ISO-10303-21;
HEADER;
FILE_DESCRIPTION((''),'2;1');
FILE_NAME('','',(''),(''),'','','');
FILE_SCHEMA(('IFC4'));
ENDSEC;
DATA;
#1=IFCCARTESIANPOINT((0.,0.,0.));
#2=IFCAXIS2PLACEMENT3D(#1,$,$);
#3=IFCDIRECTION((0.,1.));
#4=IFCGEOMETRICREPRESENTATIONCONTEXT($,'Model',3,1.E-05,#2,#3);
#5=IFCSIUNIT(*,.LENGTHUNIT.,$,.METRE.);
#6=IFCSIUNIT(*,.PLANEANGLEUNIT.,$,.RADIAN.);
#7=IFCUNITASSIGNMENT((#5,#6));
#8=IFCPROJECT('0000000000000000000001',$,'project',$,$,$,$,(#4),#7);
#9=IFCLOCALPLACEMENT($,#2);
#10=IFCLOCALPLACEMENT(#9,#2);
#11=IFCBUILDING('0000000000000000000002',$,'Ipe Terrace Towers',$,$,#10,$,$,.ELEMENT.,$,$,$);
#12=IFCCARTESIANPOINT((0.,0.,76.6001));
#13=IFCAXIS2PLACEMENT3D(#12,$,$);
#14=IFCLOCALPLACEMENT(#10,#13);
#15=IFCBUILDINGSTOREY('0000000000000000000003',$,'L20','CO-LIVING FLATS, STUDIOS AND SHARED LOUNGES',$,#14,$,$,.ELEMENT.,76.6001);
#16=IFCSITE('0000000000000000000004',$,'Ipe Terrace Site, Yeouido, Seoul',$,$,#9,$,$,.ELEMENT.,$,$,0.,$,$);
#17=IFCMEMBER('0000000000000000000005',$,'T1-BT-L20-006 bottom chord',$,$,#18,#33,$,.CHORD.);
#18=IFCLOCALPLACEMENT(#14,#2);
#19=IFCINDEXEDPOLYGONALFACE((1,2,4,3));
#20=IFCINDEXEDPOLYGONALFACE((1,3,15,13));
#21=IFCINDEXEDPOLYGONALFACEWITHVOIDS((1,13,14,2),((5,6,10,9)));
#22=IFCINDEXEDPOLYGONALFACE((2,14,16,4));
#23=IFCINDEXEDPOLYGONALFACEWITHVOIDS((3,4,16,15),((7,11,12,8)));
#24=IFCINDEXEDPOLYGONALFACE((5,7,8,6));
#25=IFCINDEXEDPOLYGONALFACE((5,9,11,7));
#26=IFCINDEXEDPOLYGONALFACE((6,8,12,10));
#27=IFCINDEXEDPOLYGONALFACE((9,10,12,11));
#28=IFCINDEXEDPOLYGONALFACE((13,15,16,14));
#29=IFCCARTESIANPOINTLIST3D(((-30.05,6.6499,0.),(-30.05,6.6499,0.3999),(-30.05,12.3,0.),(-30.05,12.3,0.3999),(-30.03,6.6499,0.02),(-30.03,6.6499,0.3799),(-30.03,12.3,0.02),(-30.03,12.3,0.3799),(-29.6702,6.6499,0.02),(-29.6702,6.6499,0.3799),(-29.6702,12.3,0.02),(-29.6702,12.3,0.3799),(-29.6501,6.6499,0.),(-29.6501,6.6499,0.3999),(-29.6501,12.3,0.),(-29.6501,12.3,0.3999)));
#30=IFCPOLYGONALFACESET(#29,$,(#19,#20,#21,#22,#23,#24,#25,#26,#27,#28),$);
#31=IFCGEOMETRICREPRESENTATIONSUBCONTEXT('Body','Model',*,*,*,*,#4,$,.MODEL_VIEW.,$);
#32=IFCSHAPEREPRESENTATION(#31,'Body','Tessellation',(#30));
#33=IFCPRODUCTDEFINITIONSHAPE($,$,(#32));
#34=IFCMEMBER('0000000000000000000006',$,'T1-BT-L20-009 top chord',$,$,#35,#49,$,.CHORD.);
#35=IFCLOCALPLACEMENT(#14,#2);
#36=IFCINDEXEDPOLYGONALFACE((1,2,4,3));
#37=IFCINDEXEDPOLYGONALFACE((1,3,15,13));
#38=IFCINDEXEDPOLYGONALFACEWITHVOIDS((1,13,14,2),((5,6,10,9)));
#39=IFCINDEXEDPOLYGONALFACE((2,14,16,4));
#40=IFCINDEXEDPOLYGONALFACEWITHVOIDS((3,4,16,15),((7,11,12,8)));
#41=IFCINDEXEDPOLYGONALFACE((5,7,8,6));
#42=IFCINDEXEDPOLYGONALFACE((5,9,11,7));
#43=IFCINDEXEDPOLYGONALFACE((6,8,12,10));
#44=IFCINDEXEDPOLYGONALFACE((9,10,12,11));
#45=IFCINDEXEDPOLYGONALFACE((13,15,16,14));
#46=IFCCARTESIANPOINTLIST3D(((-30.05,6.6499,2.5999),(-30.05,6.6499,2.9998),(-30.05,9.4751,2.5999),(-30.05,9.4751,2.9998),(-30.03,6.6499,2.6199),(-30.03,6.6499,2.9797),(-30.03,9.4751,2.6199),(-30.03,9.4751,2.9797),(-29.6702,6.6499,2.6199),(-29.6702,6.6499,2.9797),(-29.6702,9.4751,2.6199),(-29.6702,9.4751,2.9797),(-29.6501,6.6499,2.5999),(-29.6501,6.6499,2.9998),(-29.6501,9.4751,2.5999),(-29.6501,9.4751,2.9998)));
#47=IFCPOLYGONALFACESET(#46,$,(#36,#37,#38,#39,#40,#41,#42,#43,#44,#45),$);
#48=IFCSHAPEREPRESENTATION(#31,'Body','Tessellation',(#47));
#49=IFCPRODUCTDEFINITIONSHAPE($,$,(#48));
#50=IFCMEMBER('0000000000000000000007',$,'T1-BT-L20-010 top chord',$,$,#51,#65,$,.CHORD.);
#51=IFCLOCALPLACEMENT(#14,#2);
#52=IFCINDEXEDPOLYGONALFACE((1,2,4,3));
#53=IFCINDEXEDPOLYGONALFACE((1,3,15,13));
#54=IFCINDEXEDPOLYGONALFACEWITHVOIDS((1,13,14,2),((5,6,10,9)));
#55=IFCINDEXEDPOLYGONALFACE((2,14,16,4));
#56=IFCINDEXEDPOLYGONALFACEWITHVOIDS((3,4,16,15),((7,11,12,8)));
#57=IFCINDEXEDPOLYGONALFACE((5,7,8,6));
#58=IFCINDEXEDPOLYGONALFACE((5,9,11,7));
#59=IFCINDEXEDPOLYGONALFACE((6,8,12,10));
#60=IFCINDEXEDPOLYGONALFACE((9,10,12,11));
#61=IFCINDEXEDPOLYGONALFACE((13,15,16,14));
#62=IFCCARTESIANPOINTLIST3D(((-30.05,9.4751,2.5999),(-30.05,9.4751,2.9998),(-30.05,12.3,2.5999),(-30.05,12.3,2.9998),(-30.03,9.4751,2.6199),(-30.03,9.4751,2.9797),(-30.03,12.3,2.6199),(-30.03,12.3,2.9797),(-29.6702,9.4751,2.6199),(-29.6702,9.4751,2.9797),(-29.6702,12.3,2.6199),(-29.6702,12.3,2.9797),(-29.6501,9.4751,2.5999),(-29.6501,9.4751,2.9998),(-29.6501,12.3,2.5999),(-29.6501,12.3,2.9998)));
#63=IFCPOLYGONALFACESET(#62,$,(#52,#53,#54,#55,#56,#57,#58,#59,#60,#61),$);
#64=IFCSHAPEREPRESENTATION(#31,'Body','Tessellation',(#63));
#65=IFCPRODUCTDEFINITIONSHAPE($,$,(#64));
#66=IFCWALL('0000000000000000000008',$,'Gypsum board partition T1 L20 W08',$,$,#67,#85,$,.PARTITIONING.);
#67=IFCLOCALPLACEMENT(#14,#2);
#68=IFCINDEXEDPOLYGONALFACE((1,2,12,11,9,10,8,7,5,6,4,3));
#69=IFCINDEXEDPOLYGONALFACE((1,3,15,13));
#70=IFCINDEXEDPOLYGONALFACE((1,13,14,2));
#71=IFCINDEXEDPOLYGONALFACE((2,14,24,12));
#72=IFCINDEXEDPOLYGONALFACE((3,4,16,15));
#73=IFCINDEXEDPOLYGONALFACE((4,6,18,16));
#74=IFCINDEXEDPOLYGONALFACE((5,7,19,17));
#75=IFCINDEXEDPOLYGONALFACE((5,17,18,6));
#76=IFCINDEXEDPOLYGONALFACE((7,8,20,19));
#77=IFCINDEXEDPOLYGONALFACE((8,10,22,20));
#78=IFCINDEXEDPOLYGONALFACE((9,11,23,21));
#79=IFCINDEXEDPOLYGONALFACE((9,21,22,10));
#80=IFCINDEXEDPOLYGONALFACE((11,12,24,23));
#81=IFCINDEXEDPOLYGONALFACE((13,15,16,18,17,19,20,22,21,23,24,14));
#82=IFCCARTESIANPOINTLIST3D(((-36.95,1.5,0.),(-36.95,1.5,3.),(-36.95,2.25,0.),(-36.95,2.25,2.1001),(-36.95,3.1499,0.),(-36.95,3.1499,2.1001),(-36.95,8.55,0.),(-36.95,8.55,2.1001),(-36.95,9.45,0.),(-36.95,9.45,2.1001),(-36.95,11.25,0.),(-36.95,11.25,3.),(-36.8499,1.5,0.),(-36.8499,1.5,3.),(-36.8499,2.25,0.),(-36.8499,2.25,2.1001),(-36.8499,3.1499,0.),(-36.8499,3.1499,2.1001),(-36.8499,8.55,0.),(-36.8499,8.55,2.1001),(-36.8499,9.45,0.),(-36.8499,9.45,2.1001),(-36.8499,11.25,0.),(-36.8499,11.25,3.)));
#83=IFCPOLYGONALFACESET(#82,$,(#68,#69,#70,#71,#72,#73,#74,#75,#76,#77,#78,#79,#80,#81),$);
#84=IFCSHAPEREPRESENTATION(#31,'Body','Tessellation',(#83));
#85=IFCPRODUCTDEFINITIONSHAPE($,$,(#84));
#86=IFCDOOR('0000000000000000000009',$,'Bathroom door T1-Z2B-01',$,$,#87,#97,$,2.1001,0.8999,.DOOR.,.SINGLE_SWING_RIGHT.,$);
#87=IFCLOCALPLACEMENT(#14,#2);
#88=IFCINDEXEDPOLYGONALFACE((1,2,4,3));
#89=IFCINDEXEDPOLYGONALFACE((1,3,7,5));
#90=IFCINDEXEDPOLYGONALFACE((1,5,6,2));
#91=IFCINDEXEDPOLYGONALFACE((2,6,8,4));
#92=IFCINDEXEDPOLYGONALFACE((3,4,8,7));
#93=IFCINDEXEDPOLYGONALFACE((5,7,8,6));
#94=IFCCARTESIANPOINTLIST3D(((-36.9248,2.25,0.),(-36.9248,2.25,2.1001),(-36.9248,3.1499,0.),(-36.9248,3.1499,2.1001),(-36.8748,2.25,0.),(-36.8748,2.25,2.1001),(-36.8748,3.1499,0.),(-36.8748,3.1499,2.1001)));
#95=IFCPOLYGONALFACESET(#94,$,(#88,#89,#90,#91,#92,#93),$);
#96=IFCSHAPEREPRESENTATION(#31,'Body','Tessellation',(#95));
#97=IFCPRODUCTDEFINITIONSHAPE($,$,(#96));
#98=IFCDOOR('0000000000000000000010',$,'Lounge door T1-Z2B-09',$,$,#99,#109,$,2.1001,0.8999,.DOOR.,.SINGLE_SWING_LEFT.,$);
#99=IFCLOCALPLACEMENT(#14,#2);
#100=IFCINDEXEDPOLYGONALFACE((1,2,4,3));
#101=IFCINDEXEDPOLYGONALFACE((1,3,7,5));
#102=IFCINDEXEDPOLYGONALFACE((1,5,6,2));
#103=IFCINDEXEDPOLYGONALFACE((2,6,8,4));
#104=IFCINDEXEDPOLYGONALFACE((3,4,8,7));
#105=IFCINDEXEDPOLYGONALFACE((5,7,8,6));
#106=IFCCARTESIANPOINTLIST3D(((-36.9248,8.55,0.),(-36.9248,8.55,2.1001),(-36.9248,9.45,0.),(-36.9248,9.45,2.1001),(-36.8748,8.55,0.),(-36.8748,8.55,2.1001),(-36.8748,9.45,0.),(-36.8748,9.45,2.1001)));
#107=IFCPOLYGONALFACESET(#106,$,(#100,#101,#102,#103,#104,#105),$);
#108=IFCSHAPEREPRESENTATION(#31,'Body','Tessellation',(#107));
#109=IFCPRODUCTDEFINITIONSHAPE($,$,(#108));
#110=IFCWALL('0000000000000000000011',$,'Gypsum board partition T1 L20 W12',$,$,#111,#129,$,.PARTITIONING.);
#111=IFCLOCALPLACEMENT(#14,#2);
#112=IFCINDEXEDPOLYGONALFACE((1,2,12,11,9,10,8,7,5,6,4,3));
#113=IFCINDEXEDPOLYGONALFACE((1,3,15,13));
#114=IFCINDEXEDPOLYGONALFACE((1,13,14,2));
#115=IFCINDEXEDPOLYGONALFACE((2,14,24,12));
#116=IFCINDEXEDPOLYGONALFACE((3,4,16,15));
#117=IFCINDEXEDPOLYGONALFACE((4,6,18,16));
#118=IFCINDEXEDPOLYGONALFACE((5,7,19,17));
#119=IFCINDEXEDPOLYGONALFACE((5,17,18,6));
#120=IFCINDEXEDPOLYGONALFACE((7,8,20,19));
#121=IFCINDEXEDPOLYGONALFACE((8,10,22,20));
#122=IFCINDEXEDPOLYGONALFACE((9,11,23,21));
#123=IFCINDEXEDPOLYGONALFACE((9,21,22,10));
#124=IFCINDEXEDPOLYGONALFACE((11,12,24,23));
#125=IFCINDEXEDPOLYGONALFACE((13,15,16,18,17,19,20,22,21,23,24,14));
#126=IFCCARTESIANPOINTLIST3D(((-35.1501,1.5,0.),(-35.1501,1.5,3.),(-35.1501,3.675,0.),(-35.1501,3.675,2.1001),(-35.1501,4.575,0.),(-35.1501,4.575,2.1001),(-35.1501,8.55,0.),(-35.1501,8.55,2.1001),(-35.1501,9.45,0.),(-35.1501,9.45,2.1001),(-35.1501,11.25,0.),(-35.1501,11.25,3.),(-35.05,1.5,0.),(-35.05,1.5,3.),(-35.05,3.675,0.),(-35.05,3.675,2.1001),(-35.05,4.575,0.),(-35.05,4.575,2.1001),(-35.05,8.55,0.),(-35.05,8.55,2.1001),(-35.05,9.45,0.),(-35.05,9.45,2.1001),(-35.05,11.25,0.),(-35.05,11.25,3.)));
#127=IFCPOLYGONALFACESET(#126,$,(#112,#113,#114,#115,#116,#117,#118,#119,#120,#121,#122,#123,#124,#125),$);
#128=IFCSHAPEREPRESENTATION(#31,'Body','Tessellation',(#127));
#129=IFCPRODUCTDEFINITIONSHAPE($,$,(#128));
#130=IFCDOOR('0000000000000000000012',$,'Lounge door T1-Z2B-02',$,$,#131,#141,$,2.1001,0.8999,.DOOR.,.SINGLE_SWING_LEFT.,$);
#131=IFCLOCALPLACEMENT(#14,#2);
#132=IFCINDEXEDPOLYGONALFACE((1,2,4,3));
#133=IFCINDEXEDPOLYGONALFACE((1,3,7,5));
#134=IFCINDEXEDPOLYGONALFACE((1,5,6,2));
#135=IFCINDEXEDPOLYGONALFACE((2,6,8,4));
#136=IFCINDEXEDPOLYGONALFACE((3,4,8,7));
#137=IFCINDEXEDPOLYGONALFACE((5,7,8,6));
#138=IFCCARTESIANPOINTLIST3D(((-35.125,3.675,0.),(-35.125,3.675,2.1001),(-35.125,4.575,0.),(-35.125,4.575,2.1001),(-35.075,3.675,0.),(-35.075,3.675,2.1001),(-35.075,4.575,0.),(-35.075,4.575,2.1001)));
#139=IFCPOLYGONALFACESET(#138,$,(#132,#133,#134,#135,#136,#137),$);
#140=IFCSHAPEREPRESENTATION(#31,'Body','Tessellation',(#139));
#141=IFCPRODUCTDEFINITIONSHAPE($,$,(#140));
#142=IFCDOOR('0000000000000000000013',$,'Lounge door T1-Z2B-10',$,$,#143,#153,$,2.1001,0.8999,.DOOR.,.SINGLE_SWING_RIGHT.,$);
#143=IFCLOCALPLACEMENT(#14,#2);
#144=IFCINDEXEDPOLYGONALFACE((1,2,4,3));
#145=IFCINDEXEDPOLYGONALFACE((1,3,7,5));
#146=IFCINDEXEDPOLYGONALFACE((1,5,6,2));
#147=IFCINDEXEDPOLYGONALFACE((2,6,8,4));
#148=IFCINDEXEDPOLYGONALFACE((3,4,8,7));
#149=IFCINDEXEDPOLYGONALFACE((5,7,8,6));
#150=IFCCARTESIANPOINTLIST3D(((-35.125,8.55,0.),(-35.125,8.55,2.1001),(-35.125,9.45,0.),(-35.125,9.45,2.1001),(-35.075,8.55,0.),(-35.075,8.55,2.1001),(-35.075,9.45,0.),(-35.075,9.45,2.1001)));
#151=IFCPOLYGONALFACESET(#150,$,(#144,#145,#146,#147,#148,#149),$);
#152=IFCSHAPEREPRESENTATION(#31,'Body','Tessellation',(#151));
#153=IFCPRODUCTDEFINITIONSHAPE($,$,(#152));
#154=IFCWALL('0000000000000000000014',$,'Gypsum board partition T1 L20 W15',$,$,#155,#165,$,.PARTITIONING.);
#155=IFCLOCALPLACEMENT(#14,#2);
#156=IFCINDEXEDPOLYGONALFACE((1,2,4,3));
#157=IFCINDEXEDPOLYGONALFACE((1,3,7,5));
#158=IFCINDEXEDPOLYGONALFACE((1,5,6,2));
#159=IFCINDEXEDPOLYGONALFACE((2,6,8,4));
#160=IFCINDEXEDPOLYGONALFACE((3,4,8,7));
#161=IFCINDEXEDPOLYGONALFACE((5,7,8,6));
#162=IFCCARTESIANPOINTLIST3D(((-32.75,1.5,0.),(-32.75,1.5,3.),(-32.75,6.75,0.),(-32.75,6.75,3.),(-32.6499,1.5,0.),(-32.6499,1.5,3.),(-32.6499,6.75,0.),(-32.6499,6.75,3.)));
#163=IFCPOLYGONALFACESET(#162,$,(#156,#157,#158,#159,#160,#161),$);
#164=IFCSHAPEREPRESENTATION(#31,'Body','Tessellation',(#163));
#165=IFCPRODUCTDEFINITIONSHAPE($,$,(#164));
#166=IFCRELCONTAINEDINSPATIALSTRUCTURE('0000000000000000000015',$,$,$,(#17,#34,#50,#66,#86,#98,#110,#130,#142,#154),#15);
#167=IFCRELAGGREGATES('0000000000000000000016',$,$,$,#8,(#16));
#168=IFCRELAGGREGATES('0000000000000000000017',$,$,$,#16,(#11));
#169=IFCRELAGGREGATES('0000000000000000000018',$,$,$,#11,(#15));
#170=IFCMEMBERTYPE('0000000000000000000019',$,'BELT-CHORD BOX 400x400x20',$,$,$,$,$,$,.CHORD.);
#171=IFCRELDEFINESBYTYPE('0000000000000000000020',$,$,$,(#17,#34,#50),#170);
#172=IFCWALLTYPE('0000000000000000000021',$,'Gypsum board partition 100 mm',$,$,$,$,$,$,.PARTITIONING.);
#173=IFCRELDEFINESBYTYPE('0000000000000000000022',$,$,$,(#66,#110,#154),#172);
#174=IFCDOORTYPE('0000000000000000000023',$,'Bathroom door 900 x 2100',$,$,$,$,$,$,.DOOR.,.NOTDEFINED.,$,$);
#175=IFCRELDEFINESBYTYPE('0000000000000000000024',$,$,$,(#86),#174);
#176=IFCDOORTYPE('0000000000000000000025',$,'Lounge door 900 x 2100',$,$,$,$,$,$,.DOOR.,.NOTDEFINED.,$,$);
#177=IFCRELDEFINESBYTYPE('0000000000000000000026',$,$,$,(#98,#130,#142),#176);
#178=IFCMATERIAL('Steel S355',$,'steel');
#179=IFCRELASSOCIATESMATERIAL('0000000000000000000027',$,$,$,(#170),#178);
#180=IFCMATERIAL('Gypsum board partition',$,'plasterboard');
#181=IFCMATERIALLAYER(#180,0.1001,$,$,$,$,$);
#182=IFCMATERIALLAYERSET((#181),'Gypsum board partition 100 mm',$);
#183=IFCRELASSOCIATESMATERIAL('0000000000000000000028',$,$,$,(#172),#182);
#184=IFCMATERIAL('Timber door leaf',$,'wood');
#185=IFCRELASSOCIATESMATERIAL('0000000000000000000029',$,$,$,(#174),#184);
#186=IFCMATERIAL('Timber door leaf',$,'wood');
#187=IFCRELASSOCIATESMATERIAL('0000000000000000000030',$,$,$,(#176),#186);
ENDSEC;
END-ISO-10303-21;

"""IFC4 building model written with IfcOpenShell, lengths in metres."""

from ifc_helpers import new_model, si_unit, direction, frame, frame_2d, origin, origin_2d, place, context, subcontext, project, spatial, rectangle, hollow_rectangle, extrude, material, layer, layer_set, material_profile, profile_set, type_object, element, fill, save


model = new_model("IFC4")

# Units and contexts
model_context = context("Model", 3, precision=1e-05, world=origin(), true_north=direction((0.0, 1.0)))
body_context = subcontext(model_context, "Body", "Model", "MODEL_VIEW")
ifc_project = project(units=[si_unit("LENGTHUNIT", "METRE"), si_unit("PLANEANGLEUNIT", "RADIAN")], contexts=[model_context])

# Site, building, storey
site_placement = place(None, origin())
site = spatial("IfcSite", under=ifc_project, at=site_placement, Name="Ipe Terrace Site, Yeouido, Seoul", CompositionType="ELEMENT", RefElevation=0.0)
building_placement = place(site_placement, origin())
building = spatial("IfcBuilding", under=site, at=building_placement, Name="Ipe Terrace Towers", CompositionType="ELEMENT")
storey_placement = place(building_placement, frame((0.0, 0.0, 76.6001)))
storey = spatial("IfcBuildingStorey", under=building, at=storey_placement, Name="L20", Description="CO-LIVING FLATS, STUDIOS AND SHARED LOUNGES", CompositionType="ELEMENT", Elevation=76.6001)

# Members
ifc_material_1 = material(Name="Steel S355", Category="steel")
ifc_material_profile_1 = material_profile(ifc_material_1, hollow_rectangle(XDim=0.3999, YDim=0.3999, WallThickness=0.02, at=origin_2d()), Name="BELT-CHORD BOX 400x400x20")
ifc_profile_set_1 = profile_set([ifc_material_profile_1], Name="Steel S355")
member_type_1 = type_object("IfcMemberType", Name="BELT-CHORD BOX 400x400x20", PredefinedType="CHORD", material=ifc_profile_set_1)
member_1_placement = place(storey_placement, frame((-29.8501, 6.6499, 0.2), z_axis=(0.0, 1.0, 0.0), x_axis=(-1.0, 0.0, 0.0)))
element("IfcMember", 1, at=member_1_placement, inside=storey, type_object=member_type_1, Name="T1-BT-L20-006 bottom chord", PredefinedType="CHORD", context=body_context, shape_type="SweptSolid", body=[
    extrude(hollow_rectangle(XDim=0.3999, YDim=0.3999, WallThickness=0.02, at=origin_2d()), origin(), (0.0, 0.0, 1.0), 5.6501),
])
member_2_placement = place(storey_placement, frame((-29.8501, 6.6499, 2.7998), z_axis=(0.0, 1.0, 0.0), x_axis=(-1.0, 0.0, 0.0)))
element("IfcMember", 2, at=member_2_placement, inside=storey, type_object=member_type_1, Name="T1-BT-L20-009 top chord", PredefinedType="CHORD", context=body_context, shape_type="SweptSolid", body=[
    extrude(hollow_rectangle(XDim=0.3999, YDim=0.3999, WallThickness=0.02, at=origin_2d()), origin(), (0.0, 0.0, 1.0), 2.8252),
])
member_3_placement = place(storey_placement, frame((-29.8501, 9.4751, 2.7998), z_axis=(0.0, 1.0, 0.0), x_axis=(-1.0, 0.0, 0.0)))
element("IfcMember", 3, at=member_3_placement, inside=storey, type_object=member_type_1, Name="T1-BT-L20-010 top chord", PredefinedType="CHORD", context=body_context, shape_type="SweptSolid", body=[
    extrude(hollow_rectangle(XDim=0.3999, YDim=0.3999, WallThickness=0.02, at=origin_2d()), origin(), (0.0, 0.0, 1.0), 2.825),
])

# Walls, openings, doors
ifc_material_2 = material(Name="Gypsum board partition", Category="plasterboard")
ifc_layer = layer(ifc_material_2, 0.1001)
ifc_layer_set = layer_set([ifc_layer], Name="Gypsum board partition 100 mm")
wall_type = type_object("IfcWallType", Name="Gypsum board partition 100 mm", PredefinedType="PARTITIONING", material=ifc_layer_set)
wall_1_placement = place(storey_placement, frame((-36.8999, 1.5, 0.0), z_axis=(0.0, 0.0, 1.0), x_axis=(0.0, 1.0, 0.0)))
wall_1 = element("IfcWall", 4, at=wall_1_placement, inside=storey, type_object=wall_type, Name="Gypsum board partition T1 L20 W08", PredefinedType="PARTITIONING", context=body_context, shape_type="SweptSolid", body=[
    extrude(rectangle(XDim=9.75, YDim=0.1001, at=frame_2d((4.875, 0.0))), origin(), (0.0, 0.0, 1.0), 3.0),
])
opening_1_placement = place(wall_1_placement, frame((0.75, 0.0, 0.0)))
opening_1 = element("IfcOpeningElement", 5, at=opening_1_placement, cuts=wall_1, PredefinedType="OPENING", context=body_context, shape_type="SweptSolid", body=[
    extrude(rectangle(XDim=0.8999, YDim=2.1001, at=frame_2d((0.45, 1.05))), frame((0.0, 0.0601, 0.0), z_axis=(0.0, -1.0, 0.0), x_axis=(1.0, 0.0, 0.0)), (0.0, 0.0, 1.0), 0.1201),
])
opening_2_placement = place(wall_1_placement, frame((7.05, 0.0, 0.0)))
opening_2 = element("IfcOpeningElement", 6, at=opening_2_placement, cuts=wall_1, PredefinedType="OPENING", context=body_context, shape_type="SweptSolid", body=[
    extrude(rectangle(XDim=0.8999, YDim=2.1001, at=frame_2d((0.45, 1.05))), frame((0.0, 0.0601, 0.0), z_axis=(0.0, -1.0, 0.0), x_axis=(1.0, 0.0, 0.0)), (0.0, 0.0, 1.0), 0.1201),
])
ifc_material_3 = material(Name="Timber door leaf", Category="wood")
door_type_1 = type_object("IfcDoorType", Name="Bathroom door 900 x 2100", OperationType="NOTDEFINED", PredefinedType="DOOR", material=ifc_material_3)
door_1_placement = place(opening_1_placement, origin())
door_1 = element("IfcDoor", 7, at=door_1_placement, inside=storey, type_object=door_type_1, Name="Bathroom door T1-Z2B-01", OperationType="SINGLE_SWING_RIGHT", OverallHeight=2.1001, OverallWidth=0.8999, PredefinedType="DOOR", context=body_context, shape_type="SweptSolid", body=[
    extrude(rectangle(XDim=0.8999, YDim=2.1001, at=frame_2d((0.45, 1.05))), frame((0.0, 0.0249, 0.0), z_axis=(0.0, -1.0, 0.0), x_axis=(1.0, 0.0, 0.0)), (0.0, 0.0, 1.0), 0.05),
])
fill(opening_1, door_1)
ifc_material_4 = material(Name="Timber door leaf", Category="wood")
door_type_2 = type_object("IfcDoorType", Name="Lounge door 900 x 2100", OperationType="NOTDEFINED", PredefinedType="DOOR", material=ifc_material_4)
door_2_placement = place(opening_2_placement, origin())
door_2 = element("IfcDoor", 8, at=door_2_placement, inside=storey, type_object=door_type_2, Name="Lounge door T1-Z2B-09", OperationType="SINGLE_SWING_LEFT", OverallHeight=2.1001, OverallWidth=0.8999, PredefinedType="DOOR", context=body_context, shape_type="SweptSolid", body=[
    extrude(rectangle(XDim=0.8999, YDim=2.1001, at=frame_2d((0.45, 1.05))), frame((0.0, 0.0249, 0.0), z_axis=(0.0, -1.0, 0.0), x_axis=(1.0, 0.0, 0.0)), (0.0, 0.0, 1.0), 0.05),
])
fill(opening_2, door_2)
wall_2_placement = place(storey_placement, frame((-35.1001, 1.5, 0.0), z_axis=(0.0, 0.0, 1.0), x_axis=(0.0, 1.0, 0.0)))
wall_2 = element("IfcWall", 9, at=wall_2_placement, inside=storey, type_object=wall_type, Name="Gypsum board partition T1 L20 W12", PredefinedType="PARTITIONING", context=body_context, shape_type="SweptSolid", body=[
    extrude(rectangle(XDim=9.75, YDim=0.1001, at=frame_2d((4.875, 0.0))), origin(), (0.0, 0.0, 1.0), 3.0),
])
opening_3_placement = place(wall_2_placement, frame((2.175, 0.0, 0.0)))
opening_3 = element("IfcOpeningElement", 10, at=opening_3_placement, cuts=wall_2, PredefinedType="OPENING", context=body_context, shape_type="SweptSolid", body=[
    extrude(rectangle(XDim=0.8999, YDim=2.1001, at=frame_2d((0.45, 1.05))), frame((0.0, 0.0601, 0.0), z_axis=(0.0, -1.0, 0.0), x_axis=(1.0, 0.0, 0.0)), (0.0, 0.0, 1.0), 0.1201),
])
opening_4_placement = place(wall_2_placement, frame((7.05, 0.0, 0.0)))
opening_4 = element("IfcOpeningElement", 11, at=opening_4_placement, cuts=wall_2, PredefinedType="OPENING", context=body_context, shape_type="SweptSolid", body=[
    extrude(rectangle(XDim=0.8999, YDim=2.1001, at=frame_2d((0.45, 1.05))), frame((0.0, 0.0601, 0.0), z_axis=(0.0, -1.0, 0.0), x_axis=(1.0, 0.0, 0.0)), (0.0, 0.0, 1.0), 0.1201),
])
door_3_placement = place(opening_3_placement, origin())
door_3 = element("IfcDoor", 12, at=door_3_placement, inside=storey, type_object=door_type_2, Name="Lounge door T1-Z2B-02", OperationType="SINGLE_SWING_LEFT", OverallHeight=2.1001, OverallWidth=0.8999, PredefinedType="DOOR", context=body_context, shape_type="SweptSolid", body=[
    extrude(rectangle(XDim=0.8999, YDim=2.1001, at=frame_2d((0.45, 1.05))), frame((0.0, 0.0249, 0.0), z_axis=(0.0, -1.0, 0.0), x_axis=(1.0, 0.0, 0.0)), (0.0, 0.0, 1.0), 0.05),
])
fill(opening_3, door_3)
door_4_placement = place(opening_4_placement, origin())
door_4 = element("IfcDoor", 13, at=door_4_placement, inside=storey, type_object=door_type_2, Name="Lounge door T1-Z2B-10", OperationType="SINGLE_SWING_RIGHT", OverallHeight=2.1001, OverallWidth=0.8999, PredefinedType="DOOR", context=body_context, shape_type="SweptSolid", body=[
    extrude(rectangle(XDim=0.8999, YDim=2.1001, at=frame_2d((0.45, 1.05))), frame((0.0, 0.0249, 0.0), z_axis=(0.0, -1.0, 0.0), x_axis=(1.0, 0.0, 0.0)), (0.0, 0.0, 1.0), 0.05),
])
fill(opening_4, door_4)

# Wall
wall_3_placement = place(storey_placement, frame((-32.7, 1.5, 0.0), z_axis=(0.0, 0.0, 1.0), x_axis=(0.0, 1.0, 0.0)))
element("IfcWall", 14, at=wall_3_placement, inside=storey, type_object=wall_type, Name="Gypsum board partition T1 L20 W15", PredefinedType="PARTITIONING", context=body_context, shape_type="SweptSolid", body=[
    extrude(rectangle(XDim=5.25, YDim=0.1001, at=frame_2d((2.625, 0.0))), origin(), (0.0, 0.0, 1.0), 3.0),
])

save(model, "model.ifc")
